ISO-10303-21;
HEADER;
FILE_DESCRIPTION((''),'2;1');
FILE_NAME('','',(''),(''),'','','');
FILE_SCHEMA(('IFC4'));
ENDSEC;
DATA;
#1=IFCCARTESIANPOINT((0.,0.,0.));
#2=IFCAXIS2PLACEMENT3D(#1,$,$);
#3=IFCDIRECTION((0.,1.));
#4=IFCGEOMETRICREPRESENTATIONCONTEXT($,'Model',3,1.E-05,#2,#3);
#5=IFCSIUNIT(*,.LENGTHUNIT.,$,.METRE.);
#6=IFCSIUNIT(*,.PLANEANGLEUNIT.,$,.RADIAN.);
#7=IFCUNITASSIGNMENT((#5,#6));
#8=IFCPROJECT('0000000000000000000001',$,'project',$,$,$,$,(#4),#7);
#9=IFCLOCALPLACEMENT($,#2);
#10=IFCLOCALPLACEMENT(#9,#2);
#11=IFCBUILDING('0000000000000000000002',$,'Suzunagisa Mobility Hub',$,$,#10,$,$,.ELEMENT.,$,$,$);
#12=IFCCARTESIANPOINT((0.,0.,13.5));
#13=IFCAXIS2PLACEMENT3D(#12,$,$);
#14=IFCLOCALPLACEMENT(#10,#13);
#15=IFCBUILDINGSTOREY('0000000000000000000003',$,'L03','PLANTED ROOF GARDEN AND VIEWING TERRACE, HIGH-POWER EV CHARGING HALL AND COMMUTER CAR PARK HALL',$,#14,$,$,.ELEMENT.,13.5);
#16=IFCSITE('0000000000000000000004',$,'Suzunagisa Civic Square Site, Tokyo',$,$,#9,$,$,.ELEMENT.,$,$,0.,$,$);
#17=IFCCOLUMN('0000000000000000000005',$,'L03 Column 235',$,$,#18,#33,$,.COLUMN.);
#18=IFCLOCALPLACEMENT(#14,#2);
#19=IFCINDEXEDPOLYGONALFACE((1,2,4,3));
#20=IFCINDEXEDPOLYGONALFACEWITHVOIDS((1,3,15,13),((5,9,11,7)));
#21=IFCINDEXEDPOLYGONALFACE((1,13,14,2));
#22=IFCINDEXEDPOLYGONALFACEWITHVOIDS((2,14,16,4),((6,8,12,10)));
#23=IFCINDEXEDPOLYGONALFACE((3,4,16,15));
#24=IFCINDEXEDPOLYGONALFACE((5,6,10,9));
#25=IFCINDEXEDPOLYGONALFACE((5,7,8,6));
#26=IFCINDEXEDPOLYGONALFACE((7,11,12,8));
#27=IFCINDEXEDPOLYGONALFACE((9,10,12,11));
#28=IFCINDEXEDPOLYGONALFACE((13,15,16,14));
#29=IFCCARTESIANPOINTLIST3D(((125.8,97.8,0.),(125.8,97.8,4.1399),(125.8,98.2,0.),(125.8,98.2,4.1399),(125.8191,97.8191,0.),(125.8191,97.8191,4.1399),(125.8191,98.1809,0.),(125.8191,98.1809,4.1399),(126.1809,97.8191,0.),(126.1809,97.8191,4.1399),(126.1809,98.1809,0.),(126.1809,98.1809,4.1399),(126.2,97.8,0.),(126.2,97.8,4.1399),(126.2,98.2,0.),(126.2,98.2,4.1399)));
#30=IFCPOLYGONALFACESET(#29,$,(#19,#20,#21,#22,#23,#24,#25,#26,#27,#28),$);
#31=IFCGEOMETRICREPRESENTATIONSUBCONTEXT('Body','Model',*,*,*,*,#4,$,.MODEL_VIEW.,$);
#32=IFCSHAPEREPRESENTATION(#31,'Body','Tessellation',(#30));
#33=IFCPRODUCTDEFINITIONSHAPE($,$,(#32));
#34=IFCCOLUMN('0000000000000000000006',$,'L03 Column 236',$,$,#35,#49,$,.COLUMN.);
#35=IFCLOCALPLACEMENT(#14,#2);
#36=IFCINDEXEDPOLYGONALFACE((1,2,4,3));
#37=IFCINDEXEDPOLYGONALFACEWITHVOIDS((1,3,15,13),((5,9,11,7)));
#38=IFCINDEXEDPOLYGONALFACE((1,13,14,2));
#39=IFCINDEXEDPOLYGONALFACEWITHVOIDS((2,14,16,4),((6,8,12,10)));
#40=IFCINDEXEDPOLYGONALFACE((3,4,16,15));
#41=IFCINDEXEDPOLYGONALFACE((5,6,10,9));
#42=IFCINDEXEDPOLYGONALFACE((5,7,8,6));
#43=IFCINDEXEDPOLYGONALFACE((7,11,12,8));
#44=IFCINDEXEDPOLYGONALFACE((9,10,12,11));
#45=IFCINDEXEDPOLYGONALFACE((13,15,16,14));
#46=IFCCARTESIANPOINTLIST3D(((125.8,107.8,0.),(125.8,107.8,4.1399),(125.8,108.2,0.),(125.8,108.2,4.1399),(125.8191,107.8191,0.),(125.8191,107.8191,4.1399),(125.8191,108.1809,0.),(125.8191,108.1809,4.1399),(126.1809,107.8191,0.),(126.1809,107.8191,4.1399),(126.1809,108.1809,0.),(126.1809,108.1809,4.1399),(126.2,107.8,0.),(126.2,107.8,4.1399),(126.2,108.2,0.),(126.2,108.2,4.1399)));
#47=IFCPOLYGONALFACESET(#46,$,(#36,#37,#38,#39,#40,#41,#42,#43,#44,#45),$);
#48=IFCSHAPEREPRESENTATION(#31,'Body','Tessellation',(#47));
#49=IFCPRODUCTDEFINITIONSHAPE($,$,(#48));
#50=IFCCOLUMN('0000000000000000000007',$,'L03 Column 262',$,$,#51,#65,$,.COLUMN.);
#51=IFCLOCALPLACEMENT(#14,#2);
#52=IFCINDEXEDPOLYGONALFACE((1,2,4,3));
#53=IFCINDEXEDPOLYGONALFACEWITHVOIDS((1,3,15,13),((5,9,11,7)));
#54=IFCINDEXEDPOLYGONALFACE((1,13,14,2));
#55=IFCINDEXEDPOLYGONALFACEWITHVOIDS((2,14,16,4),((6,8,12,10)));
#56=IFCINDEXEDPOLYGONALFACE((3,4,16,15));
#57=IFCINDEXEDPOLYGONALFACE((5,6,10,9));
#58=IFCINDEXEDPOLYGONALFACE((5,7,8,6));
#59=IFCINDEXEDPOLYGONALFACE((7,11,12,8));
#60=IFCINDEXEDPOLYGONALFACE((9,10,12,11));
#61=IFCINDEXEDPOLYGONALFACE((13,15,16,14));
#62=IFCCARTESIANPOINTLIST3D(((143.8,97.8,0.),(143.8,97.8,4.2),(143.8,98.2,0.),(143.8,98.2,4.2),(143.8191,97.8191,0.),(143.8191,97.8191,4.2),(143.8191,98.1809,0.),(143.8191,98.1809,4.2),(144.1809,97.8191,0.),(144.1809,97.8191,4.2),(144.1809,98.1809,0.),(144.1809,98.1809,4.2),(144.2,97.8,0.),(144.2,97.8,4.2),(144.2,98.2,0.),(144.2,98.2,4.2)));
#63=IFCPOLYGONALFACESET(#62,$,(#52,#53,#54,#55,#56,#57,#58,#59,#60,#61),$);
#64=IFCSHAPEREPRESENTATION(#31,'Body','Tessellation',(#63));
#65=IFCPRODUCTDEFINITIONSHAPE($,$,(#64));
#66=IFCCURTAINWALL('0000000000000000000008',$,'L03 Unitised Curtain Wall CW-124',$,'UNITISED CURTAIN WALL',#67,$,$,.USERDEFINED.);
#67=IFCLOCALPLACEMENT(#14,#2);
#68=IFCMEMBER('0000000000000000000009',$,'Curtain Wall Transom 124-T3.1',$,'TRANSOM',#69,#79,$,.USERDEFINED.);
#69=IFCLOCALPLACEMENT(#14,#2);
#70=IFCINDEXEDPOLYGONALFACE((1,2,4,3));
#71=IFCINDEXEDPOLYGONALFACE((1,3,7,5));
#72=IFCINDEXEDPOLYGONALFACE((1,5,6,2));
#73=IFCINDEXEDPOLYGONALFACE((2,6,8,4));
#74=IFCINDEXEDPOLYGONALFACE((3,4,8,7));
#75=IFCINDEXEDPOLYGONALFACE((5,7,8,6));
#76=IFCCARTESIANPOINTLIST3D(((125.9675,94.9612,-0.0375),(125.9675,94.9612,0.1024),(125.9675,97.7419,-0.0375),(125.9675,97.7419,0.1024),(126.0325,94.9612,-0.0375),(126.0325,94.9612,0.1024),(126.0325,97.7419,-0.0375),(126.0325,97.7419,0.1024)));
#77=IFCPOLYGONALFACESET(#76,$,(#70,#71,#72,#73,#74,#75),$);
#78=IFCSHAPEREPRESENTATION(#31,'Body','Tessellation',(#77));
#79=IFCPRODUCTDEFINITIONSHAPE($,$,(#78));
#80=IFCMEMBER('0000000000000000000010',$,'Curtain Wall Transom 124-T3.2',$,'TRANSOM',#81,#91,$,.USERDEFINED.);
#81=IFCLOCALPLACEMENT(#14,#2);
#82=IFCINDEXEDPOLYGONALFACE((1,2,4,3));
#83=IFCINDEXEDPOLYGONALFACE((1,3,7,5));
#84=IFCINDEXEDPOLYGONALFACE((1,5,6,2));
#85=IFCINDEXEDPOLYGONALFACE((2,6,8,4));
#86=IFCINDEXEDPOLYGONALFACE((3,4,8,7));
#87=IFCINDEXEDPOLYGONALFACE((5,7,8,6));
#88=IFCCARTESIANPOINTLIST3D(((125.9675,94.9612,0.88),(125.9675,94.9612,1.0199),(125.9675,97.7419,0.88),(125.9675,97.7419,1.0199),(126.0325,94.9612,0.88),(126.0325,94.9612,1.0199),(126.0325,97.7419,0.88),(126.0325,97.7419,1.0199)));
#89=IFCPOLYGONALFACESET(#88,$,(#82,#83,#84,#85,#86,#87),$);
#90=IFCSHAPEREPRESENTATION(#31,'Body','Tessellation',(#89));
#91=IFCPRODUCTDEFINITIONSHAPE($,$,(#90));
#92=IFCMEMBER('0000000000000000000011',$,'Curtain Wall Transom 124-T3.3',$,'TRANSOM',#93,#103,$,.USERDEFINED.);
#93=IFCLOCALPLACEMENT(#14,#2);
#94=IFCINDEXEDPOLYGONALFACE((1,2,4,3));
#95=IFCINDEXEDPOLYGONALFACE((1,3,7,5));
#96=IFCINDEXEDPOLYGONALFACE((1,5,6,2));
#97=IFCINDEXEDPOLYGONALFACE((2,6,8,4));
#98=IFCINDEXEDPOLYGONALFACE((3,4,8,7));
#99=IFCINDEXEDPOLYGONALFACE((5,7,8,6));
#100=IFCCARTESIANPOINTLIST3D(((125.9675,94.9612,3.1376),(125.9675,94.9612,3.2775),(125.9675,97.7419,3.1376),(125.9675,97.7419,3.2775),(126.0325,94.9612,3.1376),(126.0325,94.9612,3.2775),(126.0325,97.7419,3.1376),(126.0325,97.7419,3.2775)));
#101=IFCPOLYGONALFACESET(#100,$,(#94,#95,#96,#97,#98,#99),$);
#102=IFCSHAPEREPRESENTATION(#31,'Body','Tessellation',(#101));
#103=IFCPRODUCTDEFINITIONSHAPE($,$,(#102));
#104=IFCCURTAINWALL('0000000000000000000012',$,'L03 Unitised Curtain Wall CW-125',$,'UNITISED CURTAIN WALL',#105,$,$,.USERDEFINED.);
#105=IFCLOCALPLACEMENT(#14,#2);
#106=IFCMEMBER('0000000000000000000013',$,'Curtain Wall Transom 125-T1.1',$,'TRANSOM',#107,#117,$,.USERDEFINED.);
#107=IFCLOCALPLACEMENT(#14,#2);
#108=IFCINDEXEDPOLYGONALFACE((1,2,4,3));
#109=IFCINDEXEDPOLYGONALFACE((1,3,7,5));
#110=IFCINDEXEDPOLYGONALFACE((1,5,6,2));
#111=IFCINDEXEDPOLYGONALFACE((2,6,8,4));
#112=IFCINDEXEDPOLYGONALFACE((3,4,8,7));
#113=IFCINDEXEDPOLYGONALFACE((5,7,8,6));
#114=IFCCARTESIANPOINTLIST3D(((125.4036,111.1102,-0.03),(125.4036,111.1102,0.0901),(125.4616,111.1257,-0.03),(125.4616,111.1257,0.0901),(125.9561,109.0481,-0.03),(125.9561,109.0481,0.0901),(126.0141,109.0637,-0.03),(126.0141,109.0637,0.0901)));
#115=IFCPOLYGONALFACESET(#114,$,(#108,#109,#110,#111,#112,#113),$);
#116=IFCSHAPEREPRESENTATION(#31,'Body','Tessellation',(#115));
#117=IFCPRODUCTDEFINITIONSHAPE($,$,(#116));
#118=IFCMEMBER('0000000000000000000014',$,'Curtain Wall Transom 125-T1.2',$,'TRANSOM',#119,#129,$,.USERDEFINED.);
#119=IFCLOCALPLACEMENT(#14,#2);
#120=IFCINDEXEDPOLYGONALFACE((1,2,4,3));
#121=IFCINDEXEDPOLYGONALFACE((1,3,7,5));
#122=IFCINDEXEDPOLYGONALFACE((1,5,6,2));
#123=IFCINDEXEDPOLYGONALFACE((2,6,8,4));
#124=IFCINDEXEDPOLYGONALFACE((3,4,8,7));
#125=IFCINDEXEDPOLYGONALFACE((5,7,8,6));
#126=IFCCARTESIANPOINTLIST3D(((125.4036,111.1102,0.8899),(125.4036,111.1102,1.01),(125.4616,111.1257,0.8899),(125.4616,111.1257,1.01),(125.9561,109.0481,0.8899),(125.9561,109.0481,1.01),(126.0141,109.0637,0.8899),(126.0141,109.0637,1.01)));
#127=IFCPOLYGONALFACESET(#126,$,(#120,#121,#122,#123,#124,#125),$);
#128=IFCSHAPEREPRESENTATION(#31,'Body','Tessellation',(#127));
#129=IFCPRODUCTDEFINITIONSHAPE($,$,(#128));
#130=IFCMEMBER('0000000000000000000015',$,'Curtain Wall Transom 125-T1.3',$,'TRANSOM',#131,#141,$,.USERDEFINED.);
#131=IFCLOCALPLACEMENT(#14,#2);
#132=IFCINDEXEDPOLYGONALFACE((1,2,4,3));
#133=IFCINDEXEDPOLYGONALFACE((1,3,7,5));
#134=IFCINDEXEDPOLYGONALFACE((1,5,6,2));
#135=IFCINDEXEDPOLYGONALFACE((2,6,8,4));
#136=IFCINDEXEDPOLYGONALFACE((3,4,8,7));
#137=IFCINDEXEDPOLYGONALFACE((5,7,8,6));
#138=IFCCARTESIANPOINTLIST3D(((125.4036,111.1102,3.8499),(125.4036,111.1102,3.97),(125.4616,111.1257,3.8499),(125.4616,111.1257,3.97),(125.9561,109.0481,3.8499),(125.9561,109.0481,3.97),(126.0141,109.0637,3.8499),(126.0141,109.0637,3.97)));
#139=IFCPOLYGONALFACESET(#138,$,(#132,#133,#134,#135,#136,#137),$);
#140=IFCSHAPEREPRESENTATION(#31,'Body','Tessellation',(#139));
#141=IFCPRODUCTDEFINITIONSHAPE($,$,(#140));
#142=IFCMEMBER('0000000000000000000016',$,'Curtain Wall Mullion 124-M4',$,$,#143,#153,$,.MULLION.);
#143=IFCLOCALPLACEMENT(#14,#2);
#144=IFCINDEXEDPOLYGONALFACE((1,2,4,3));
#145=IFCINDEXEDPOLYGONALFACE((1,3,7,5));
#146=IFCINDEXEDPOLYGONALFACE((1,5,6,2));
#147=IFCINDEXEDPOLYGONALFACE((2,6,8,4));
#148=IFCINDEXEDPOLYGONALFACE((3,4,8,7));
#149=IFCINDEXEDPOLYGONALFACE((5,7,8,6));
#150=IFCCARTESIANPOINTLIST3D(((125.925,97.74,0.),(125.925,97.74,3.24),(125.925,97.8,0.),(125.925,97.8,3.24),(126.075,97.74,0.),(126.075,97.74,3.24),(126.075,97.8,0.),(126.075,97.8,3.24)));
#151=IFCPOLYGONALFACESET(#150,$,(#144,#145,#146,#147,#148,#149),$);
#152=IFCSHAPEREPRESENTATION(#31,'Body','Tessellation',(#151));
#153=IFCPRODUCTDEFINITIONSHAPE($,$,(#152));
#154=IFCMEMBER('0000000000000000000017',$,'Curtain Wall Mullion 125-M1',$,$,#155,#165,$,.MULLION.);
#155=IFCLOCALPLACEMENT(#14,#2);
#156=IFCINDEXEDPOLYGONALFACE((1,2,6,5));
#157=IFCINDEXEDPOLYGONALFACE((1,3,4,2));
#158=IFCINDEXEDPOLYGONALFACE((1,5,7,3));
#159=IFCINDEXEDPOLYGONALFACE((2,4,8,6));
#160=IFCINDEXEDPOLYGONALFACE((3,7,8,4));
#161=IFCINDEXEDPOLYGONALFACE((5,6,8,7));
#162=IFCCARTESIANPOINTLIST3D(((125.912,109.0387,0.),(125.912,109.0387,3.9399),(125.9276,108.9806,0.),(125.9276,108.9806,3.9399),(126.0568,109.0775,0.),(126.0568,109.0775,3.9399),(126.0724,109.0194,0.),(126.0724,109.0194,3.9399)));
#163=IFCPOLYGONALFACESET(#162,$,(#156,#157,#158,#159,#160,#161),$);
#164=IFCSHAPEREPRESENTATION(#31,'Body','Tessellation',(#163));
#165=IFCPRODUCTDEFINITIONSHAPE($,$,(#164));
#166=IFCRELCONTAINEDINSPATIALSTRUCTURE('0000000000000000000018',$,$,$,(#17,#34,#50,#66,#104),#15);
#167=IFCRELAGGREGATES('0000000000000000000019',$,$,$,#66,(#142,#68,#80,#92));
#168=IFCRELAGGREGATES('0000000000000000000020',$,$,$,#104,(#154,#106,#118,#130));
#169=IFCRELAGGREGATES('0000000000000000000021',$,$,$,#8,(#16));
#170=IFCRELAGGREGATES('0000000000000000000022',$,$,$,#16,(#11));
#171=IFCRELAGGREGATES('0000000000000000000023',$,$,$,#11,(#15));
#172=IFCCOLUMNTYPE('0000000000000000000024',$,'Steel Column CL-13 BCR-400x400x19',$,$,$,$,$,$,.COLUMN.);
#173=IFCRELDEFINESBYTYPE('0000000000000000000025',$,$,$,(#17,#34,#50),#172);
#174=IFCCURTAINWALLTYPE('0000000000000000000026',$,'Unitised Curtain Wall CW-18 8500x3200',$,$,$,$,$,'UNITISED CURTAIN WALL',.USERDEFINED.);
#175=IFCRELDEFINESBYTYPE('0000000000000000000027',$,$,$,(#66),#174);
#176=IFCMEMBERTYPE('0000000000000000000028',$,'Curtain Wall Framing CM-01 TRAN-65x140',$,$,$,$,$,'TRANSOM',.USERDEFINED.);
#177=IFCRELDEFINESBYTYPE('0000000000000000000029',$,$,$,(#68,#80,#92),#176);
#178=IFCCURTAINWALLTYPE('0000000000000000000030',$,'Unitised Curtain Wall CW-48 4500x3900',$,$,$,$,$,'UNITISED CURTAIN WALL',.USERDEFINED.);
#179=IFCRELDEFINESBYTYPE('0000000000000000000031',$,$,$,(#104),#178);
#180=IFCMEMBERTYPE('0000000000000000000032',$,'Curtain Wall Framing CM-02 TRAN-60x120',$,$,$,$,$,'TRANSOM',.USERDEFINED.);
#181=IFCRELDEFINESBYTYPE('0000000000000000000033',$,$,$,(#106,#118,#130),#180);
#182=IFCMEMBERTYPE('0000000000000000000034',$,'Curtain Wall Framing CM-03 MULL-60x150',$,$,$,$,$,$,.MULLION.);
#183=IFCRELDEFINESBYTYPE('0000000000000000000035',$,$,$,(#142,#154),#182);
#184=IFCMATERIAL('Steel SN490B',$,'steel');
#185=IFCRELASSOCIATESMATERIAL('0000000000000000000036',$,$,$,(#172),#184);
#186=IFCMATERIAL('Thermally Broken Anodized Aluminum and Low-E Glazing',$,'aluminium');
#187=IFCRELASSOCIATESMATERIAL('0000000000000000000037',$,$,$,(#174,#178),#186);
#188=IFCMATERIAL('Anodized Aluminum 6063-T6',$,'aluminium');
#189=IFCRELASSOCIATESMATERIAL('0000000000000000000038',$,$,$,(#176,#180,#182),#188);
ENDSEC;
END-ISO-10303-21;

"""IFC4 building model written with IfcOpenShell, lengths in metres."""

from ifc_helpers import new_model, si_unit, direction, frame, origin, origin_2d, place, context, subcontext, project, spatial, rectangle, hollow_rectangle, extrude, material, material_profile, profile_set, type_object, element, aggregate, save


model = new_model("IFC4")

# Units and contexts
model_context = context("Model", 3, precision=1e-05, world=origin(), true_north=direction((0.0, 1.0)))
body_context = subcontext(model_context, "Body", "Model", "MODEL_VIEW")
ifc_project = project(units=[si_unit("LENGTHUNIT", "METRE"), si_unit("PLANEANGLEUNIT", "RADIAN")], contexts=[model_context])

# Site, building, storey
site_placement = place(None, origin())
site = spatial("IfcSite", under=ifc_project, at=site_placement, Name="Suzunagisa Civic Square Site, Tokyo", CompositionType="ELEMENT", RefElevation=0.0)
building_placement = place(site_placement, origin())
building = spatial("IfcBuilding", under=site, at=building_placement, Name="Suzunagisa Mobility Hub", CompositionType="ELEMENT")
storey_placement = place(building_placement, frame((0.0, 0.0, 13.5)))
storey = spatial("IfcBuildingStorey", under=building, at=storey_placement, Name="L03", Description="PLANTED ROOF GARDEN AND VIEWING TERRACE, HIGH-POWER EV CHARGING HALL AND COMMUTER CAR PARK HALL", CompositionType="ELEMENT", Elevation=13.5)

# Columns
ifc_material_1 = material(Name="Steel SN490B", Category="steel")
ifc_material_profile_1 = material_profile(ifc_material_1, hollow_rectangle(XDim=0.3999, YDim=0.3999, WallThickness=0.019, at=origin_2d()), Name="BCR-400x400x19")
ifc_profile_set_1 = profile_set([ifc_material_profile_1], Name="Steel SN490B")
column_type = type_object("IfcColumnType", Name="Steel Column CL-13 BCR-400x400x19", PredefinedType="COLUMN", material=ifc_profile_set_1)
for number, where, z_axis, x_axis, name in (
    (1, (126.0, 98.0, 0.0), (0.0, 0.0, 1.0), (1.0, 0.0, 0.0), "L03 Column 235"),
    (2, (126.0, 108.0, 0.0), (0.0, 0.0, 1.0), (1.0, 0.0, 0.0), "L03 Column 236"),
):
    element("IfcColumn", number, at=place(storey_placement, frame(where, z_axis=z_axis, x_axis=x_axis)), inside=storey, type_object=column_type, Name=name, PredefinedType="COLUMN", context=body_context, shape_type="SweptSolid", body=[
        extrude(hollow_rectangle(XDim=0.3999, YDim=0.3999, WallThickness=0.019, at=origin_2d()), origin(), (0.0, 0.0, 1.0), 4.1399),
    ])
column_placement = place(storey_placement, frame((144.0, 98.0, 0.0), z_axis=(0.0, 0.0, 1.0), x_axis=(1.0, 0.0, 0.0)))
element("IfcColumn", 3, at=column_placement, inside=storey, type_object=column_type, Name="L03 Column 262", PredefinedType="COLUMN", context=body_context, shape_type="SweptSolid", body=[
    extrude(hollow_rectangle(XDim=0.3999, YDim=0.3999, WallThickness=0.019, at=origin_2d()), origin(), (0.0, 0.0, 1.0), 4.2),
])

# Curtain walls, members
ifc_material_2 = material(Name="Thermally Broken Anodized Aluminum and Low-E Glazing", Category="aluminium")
curtain_wall_type_1 = type_object("IfcCurtainWallType", Name="Unitised Curtain Wall CW-18 8500x3200", ElementType="UNITISED CURTAIN WALL", PredefinedType="USERDEFINED", material=ifc_material_2)
curtain_wall_1_placement = place(storey_placement, origin())
curtain_wall_1 = element("IfcCurtainWall", 4, at=curtain_wall_1_placement, inside=storey, type_object=curtain_wall_type_1, Name="L03 Unitised Curtain Wall CW-124", ObjectType="UNITISED CURTAIN WALL", PredefinedType="USERDEFINED")
ifc_material_3 = material(Name="Anodized Aluminum 6063-T6", Category="aluminium")
ifc_material_profile_2 = material_profile(ifc_material_3, rectangle(XDim=0.0649, YDim=0.1399, at=origin_2d()), Name="TRAN-65x140")
ifc_profile_set_2 = profile_set([ifc_material_profile_2], Name="Anodized Aluminum 6063-T6")
member_type_1 = type_object("IfcMemberType", Name="Curtain Wall Framing CM-01 TRAN-65x140", ElementType="TRANSOM", PredefinedType="USERDEFINED", material=ifc_profile_set_2)
member_1_placement = place(storey_placement, frame((126.0, 94.9612, 0.0325), z_axis=(0.0, 1.0, 0.0), x_axis=(-1.0, 0.0, 0.0)))
member_1 = element("IfcMember", 5, at=member_1_placement, type_object=member_type_1, Name="Curtain Wall Transom 124-T3.1", ObjectType="TRANSOM", PredefinedType="USERDEFINED", context=body_context, shape_type="SweptSolid", body=[
    extrude(rectangle(XDim=0.0649, YDim=0.1399, at=origin_2d()), origin(), (0.0, 0.0, 1.0), 2.7808),
])
member_2_placement = place(storey_placement, frame((126.0, 94.9612, 0.95), z_axis=(0.0, 1.0, 0.0), x_axis=(-1.0, 0.0, 0.0)))
member_2 = element("IfcMember", 6, at=member_2_placement, type_object=member_type_1, Name="Curtain Wall Transom 124-T3.2", ObjectType="TRANSOM", PredefinedType="USERDEFINED", context=body_context, shape_type="SweptSolid", body=[
    extrude(rectangle(XDim=0.0649, YDim=0.1399, at=origin_2d()), origin(), (0.0, 0.0, 1.0), 2.7808),
])
member_3_placement = place(storey_placement, frame((126.0, 94.9612, 3.2075), z_axis=(0.0, 1.0, 0.0), x_axis=(-1.0, 0.0, 0.0)))
member_3 = element("IfcMember", 7, at=member_3_placement, type_object=member_type_1, Name="Curtain Wall Transom 124-T3.3", ObjectType="TRANSOM", PredefinedType="USERDEFINED", context=body_context, shape_type="SweptSolid", body=[
    extrude(rectangle(XDim=0.0649, YDim=0.1399, at=origin_2d()), origin(), (0.0, 0.0, 1.0), 2.7808),
])
curtain_wall_type_2 = type_object("IfcCurtainWallType", Name="Unitised Curtain Wall CW-48 4500x3900", ElementType="UNITISED CURTAIN WALL", PredefinedType="USERDEFINED", material=ifc_material_2)
curtain_wall_2_placement = place(storey_placement, origin())
curtain_wall_2 = element("IfcCurtainWall", 8, at=curtain_wall_2_placement, inside=storey, type_object=curtain_wall_type_2, Name="L03 Unitised Curtain Wall CW-125", ObjectType="UNITISED CURTAIN WALL", PredefinedType="USERDEFINED")
ifc_material_profile_3 = material_profile(ifc_material_3, rectangle(XDim=0.0601, YDim=0.1201, at=origin_2d()), Name="TRAN-60x120")
ifc_profile_set_3 = profile_set([ifc_material_profile_3], Name="Anodized Aluminum 6063-T6")
member_type_2 = type_object("IfcMemberType", Name="Curtain Wall Framing CM-02 TRAN-60x120", ElementType="TRANSOM", PredefinedType="USERDEFINED", material=ifc_profile_set_3)
member_4_placement = place(storey_placement, frame((125.9851, 109.0559, 0.03), z_axis=(-0.258808, 0.965929, 0.0), x_axis=(-0.965929, -0.258808, 0.0)))
member_4 = element("IfcMember", 9, at=member_4_placement, type_object=member_type_2, Name="Curtain Wall Transom 125-T1.1", ObjectType="TRANSOM", PredefinedType="USERDEFINED", context=body_context, shape_type="SweptSolid", body=[
    extrude(rectangle(XDim=0.0601, YDim=0.1201, at=origin_2d()), origin(), (0.0, 0.0, 1.0), 2.1348),
])
member_5_placement = place(storey_placement, frame((125.9851, 109.0559, 0.95), z_axis=(-0.258808, 0.965929, 0.0), x_axis=(-0.965929, -0.258808, 0.0)))
member_5 = element("IfcMember", 10, at=member_5_placement, type_object=member_type_2, Name="Curtain Wall Transom 125-T1.2", ObjectType="TRANSOM", PredefinedType="USERDEFINED", context=body_context, shape_type="SweptSolid", body=[
    extrude(rectangle(XDim=0.0601, YDim=0.1201, at=origin_2d()), origin(), (0.0, 0.0, 1.0), 2.1348),
])
member_6_placement = place(storey_placement, frame((125.9851, 109.0559, 3.9099), z_axis=(-0.258808, 0.965929, 0.0), x_axis=(-0.965929, -0.258808, 0.0)))
member_6 = element("IfcMember", 11, at=member_6_placement, type_object=member_type_2, Name="Curtain Wall Transom 125-T1.3", ObjectType="TRANSOM", PredefinedType="USERDEFINED", context=body_context, shape_type="SweptSolid", body=[
    extrude(rectangle(XDim=0.0601, YDim=0.1201, at=origin_2d()), origin(), (0.0, 0.0, 1.0), 2.1348),
])

# Members
ifc_material_profile_4 = material_profile(ifc_material_3, rectangle(XDim=0.0601, YDim=0.1499, at=origin_2d()), Name="MULL-60x150")
ifc_profile_set_4 = profile_set([ifc_material_profile_4], Name="Anodized Aluminum 6063-T6")
member_type_3 = type_object("IfcMemberType", Name="Curtain Wall Framing CM-03 MULL-60x150", PredefinedType="MULLION", material=ifc_profile_set_4)
member_7_placement = place(storey_placement, frame((126.0, 97.77, 0.0), z_axis=(0.0, 0.0, 1.0), x_axis=(0.0, 1.0, 0.0)))
member_7 = element("IfcMember", 12, at=member_7_placement, type_object=member_type_3, Name="Curtain Wall Mullion 124-M4", PredefinedType="MULLION", context=body_context, shape_type="SweptSolid", body=[
    extrude(rectangle(XDim=0.0601, YDim=0.1499, at=origin_2d()), origin(), (0.0, 0.0, 1.0), 3.24),
])
member_8_placement = place(storey_placement, frame((125.9922, 109.0291, 0.0), z_axis=(0.0, 0.0, 1.0), x_axis=(-0.258814, 0.965927, 0.0)))
member_8 = element("IfcMember", 13, at=member_8_placement, type_object=member_type_3, Name="Curtain Wall Mullion 125-M1", PredefinedType="MULLION", context=body_context, shape_type="SweptSolid", body=[
    extrude(rectangle(XDim=0.0601, YDim=0.1499, at=origin_2d()), origin(), (0.0, 0.0, 1.0), 3.9399),
])

aggregate(curtain_wall_1, [member_7, member_1, member_2, member_3])
aggregate(curtain_wall_2, [member_8, member_4, member_5, member_6])

save(model, "model.ifc")
